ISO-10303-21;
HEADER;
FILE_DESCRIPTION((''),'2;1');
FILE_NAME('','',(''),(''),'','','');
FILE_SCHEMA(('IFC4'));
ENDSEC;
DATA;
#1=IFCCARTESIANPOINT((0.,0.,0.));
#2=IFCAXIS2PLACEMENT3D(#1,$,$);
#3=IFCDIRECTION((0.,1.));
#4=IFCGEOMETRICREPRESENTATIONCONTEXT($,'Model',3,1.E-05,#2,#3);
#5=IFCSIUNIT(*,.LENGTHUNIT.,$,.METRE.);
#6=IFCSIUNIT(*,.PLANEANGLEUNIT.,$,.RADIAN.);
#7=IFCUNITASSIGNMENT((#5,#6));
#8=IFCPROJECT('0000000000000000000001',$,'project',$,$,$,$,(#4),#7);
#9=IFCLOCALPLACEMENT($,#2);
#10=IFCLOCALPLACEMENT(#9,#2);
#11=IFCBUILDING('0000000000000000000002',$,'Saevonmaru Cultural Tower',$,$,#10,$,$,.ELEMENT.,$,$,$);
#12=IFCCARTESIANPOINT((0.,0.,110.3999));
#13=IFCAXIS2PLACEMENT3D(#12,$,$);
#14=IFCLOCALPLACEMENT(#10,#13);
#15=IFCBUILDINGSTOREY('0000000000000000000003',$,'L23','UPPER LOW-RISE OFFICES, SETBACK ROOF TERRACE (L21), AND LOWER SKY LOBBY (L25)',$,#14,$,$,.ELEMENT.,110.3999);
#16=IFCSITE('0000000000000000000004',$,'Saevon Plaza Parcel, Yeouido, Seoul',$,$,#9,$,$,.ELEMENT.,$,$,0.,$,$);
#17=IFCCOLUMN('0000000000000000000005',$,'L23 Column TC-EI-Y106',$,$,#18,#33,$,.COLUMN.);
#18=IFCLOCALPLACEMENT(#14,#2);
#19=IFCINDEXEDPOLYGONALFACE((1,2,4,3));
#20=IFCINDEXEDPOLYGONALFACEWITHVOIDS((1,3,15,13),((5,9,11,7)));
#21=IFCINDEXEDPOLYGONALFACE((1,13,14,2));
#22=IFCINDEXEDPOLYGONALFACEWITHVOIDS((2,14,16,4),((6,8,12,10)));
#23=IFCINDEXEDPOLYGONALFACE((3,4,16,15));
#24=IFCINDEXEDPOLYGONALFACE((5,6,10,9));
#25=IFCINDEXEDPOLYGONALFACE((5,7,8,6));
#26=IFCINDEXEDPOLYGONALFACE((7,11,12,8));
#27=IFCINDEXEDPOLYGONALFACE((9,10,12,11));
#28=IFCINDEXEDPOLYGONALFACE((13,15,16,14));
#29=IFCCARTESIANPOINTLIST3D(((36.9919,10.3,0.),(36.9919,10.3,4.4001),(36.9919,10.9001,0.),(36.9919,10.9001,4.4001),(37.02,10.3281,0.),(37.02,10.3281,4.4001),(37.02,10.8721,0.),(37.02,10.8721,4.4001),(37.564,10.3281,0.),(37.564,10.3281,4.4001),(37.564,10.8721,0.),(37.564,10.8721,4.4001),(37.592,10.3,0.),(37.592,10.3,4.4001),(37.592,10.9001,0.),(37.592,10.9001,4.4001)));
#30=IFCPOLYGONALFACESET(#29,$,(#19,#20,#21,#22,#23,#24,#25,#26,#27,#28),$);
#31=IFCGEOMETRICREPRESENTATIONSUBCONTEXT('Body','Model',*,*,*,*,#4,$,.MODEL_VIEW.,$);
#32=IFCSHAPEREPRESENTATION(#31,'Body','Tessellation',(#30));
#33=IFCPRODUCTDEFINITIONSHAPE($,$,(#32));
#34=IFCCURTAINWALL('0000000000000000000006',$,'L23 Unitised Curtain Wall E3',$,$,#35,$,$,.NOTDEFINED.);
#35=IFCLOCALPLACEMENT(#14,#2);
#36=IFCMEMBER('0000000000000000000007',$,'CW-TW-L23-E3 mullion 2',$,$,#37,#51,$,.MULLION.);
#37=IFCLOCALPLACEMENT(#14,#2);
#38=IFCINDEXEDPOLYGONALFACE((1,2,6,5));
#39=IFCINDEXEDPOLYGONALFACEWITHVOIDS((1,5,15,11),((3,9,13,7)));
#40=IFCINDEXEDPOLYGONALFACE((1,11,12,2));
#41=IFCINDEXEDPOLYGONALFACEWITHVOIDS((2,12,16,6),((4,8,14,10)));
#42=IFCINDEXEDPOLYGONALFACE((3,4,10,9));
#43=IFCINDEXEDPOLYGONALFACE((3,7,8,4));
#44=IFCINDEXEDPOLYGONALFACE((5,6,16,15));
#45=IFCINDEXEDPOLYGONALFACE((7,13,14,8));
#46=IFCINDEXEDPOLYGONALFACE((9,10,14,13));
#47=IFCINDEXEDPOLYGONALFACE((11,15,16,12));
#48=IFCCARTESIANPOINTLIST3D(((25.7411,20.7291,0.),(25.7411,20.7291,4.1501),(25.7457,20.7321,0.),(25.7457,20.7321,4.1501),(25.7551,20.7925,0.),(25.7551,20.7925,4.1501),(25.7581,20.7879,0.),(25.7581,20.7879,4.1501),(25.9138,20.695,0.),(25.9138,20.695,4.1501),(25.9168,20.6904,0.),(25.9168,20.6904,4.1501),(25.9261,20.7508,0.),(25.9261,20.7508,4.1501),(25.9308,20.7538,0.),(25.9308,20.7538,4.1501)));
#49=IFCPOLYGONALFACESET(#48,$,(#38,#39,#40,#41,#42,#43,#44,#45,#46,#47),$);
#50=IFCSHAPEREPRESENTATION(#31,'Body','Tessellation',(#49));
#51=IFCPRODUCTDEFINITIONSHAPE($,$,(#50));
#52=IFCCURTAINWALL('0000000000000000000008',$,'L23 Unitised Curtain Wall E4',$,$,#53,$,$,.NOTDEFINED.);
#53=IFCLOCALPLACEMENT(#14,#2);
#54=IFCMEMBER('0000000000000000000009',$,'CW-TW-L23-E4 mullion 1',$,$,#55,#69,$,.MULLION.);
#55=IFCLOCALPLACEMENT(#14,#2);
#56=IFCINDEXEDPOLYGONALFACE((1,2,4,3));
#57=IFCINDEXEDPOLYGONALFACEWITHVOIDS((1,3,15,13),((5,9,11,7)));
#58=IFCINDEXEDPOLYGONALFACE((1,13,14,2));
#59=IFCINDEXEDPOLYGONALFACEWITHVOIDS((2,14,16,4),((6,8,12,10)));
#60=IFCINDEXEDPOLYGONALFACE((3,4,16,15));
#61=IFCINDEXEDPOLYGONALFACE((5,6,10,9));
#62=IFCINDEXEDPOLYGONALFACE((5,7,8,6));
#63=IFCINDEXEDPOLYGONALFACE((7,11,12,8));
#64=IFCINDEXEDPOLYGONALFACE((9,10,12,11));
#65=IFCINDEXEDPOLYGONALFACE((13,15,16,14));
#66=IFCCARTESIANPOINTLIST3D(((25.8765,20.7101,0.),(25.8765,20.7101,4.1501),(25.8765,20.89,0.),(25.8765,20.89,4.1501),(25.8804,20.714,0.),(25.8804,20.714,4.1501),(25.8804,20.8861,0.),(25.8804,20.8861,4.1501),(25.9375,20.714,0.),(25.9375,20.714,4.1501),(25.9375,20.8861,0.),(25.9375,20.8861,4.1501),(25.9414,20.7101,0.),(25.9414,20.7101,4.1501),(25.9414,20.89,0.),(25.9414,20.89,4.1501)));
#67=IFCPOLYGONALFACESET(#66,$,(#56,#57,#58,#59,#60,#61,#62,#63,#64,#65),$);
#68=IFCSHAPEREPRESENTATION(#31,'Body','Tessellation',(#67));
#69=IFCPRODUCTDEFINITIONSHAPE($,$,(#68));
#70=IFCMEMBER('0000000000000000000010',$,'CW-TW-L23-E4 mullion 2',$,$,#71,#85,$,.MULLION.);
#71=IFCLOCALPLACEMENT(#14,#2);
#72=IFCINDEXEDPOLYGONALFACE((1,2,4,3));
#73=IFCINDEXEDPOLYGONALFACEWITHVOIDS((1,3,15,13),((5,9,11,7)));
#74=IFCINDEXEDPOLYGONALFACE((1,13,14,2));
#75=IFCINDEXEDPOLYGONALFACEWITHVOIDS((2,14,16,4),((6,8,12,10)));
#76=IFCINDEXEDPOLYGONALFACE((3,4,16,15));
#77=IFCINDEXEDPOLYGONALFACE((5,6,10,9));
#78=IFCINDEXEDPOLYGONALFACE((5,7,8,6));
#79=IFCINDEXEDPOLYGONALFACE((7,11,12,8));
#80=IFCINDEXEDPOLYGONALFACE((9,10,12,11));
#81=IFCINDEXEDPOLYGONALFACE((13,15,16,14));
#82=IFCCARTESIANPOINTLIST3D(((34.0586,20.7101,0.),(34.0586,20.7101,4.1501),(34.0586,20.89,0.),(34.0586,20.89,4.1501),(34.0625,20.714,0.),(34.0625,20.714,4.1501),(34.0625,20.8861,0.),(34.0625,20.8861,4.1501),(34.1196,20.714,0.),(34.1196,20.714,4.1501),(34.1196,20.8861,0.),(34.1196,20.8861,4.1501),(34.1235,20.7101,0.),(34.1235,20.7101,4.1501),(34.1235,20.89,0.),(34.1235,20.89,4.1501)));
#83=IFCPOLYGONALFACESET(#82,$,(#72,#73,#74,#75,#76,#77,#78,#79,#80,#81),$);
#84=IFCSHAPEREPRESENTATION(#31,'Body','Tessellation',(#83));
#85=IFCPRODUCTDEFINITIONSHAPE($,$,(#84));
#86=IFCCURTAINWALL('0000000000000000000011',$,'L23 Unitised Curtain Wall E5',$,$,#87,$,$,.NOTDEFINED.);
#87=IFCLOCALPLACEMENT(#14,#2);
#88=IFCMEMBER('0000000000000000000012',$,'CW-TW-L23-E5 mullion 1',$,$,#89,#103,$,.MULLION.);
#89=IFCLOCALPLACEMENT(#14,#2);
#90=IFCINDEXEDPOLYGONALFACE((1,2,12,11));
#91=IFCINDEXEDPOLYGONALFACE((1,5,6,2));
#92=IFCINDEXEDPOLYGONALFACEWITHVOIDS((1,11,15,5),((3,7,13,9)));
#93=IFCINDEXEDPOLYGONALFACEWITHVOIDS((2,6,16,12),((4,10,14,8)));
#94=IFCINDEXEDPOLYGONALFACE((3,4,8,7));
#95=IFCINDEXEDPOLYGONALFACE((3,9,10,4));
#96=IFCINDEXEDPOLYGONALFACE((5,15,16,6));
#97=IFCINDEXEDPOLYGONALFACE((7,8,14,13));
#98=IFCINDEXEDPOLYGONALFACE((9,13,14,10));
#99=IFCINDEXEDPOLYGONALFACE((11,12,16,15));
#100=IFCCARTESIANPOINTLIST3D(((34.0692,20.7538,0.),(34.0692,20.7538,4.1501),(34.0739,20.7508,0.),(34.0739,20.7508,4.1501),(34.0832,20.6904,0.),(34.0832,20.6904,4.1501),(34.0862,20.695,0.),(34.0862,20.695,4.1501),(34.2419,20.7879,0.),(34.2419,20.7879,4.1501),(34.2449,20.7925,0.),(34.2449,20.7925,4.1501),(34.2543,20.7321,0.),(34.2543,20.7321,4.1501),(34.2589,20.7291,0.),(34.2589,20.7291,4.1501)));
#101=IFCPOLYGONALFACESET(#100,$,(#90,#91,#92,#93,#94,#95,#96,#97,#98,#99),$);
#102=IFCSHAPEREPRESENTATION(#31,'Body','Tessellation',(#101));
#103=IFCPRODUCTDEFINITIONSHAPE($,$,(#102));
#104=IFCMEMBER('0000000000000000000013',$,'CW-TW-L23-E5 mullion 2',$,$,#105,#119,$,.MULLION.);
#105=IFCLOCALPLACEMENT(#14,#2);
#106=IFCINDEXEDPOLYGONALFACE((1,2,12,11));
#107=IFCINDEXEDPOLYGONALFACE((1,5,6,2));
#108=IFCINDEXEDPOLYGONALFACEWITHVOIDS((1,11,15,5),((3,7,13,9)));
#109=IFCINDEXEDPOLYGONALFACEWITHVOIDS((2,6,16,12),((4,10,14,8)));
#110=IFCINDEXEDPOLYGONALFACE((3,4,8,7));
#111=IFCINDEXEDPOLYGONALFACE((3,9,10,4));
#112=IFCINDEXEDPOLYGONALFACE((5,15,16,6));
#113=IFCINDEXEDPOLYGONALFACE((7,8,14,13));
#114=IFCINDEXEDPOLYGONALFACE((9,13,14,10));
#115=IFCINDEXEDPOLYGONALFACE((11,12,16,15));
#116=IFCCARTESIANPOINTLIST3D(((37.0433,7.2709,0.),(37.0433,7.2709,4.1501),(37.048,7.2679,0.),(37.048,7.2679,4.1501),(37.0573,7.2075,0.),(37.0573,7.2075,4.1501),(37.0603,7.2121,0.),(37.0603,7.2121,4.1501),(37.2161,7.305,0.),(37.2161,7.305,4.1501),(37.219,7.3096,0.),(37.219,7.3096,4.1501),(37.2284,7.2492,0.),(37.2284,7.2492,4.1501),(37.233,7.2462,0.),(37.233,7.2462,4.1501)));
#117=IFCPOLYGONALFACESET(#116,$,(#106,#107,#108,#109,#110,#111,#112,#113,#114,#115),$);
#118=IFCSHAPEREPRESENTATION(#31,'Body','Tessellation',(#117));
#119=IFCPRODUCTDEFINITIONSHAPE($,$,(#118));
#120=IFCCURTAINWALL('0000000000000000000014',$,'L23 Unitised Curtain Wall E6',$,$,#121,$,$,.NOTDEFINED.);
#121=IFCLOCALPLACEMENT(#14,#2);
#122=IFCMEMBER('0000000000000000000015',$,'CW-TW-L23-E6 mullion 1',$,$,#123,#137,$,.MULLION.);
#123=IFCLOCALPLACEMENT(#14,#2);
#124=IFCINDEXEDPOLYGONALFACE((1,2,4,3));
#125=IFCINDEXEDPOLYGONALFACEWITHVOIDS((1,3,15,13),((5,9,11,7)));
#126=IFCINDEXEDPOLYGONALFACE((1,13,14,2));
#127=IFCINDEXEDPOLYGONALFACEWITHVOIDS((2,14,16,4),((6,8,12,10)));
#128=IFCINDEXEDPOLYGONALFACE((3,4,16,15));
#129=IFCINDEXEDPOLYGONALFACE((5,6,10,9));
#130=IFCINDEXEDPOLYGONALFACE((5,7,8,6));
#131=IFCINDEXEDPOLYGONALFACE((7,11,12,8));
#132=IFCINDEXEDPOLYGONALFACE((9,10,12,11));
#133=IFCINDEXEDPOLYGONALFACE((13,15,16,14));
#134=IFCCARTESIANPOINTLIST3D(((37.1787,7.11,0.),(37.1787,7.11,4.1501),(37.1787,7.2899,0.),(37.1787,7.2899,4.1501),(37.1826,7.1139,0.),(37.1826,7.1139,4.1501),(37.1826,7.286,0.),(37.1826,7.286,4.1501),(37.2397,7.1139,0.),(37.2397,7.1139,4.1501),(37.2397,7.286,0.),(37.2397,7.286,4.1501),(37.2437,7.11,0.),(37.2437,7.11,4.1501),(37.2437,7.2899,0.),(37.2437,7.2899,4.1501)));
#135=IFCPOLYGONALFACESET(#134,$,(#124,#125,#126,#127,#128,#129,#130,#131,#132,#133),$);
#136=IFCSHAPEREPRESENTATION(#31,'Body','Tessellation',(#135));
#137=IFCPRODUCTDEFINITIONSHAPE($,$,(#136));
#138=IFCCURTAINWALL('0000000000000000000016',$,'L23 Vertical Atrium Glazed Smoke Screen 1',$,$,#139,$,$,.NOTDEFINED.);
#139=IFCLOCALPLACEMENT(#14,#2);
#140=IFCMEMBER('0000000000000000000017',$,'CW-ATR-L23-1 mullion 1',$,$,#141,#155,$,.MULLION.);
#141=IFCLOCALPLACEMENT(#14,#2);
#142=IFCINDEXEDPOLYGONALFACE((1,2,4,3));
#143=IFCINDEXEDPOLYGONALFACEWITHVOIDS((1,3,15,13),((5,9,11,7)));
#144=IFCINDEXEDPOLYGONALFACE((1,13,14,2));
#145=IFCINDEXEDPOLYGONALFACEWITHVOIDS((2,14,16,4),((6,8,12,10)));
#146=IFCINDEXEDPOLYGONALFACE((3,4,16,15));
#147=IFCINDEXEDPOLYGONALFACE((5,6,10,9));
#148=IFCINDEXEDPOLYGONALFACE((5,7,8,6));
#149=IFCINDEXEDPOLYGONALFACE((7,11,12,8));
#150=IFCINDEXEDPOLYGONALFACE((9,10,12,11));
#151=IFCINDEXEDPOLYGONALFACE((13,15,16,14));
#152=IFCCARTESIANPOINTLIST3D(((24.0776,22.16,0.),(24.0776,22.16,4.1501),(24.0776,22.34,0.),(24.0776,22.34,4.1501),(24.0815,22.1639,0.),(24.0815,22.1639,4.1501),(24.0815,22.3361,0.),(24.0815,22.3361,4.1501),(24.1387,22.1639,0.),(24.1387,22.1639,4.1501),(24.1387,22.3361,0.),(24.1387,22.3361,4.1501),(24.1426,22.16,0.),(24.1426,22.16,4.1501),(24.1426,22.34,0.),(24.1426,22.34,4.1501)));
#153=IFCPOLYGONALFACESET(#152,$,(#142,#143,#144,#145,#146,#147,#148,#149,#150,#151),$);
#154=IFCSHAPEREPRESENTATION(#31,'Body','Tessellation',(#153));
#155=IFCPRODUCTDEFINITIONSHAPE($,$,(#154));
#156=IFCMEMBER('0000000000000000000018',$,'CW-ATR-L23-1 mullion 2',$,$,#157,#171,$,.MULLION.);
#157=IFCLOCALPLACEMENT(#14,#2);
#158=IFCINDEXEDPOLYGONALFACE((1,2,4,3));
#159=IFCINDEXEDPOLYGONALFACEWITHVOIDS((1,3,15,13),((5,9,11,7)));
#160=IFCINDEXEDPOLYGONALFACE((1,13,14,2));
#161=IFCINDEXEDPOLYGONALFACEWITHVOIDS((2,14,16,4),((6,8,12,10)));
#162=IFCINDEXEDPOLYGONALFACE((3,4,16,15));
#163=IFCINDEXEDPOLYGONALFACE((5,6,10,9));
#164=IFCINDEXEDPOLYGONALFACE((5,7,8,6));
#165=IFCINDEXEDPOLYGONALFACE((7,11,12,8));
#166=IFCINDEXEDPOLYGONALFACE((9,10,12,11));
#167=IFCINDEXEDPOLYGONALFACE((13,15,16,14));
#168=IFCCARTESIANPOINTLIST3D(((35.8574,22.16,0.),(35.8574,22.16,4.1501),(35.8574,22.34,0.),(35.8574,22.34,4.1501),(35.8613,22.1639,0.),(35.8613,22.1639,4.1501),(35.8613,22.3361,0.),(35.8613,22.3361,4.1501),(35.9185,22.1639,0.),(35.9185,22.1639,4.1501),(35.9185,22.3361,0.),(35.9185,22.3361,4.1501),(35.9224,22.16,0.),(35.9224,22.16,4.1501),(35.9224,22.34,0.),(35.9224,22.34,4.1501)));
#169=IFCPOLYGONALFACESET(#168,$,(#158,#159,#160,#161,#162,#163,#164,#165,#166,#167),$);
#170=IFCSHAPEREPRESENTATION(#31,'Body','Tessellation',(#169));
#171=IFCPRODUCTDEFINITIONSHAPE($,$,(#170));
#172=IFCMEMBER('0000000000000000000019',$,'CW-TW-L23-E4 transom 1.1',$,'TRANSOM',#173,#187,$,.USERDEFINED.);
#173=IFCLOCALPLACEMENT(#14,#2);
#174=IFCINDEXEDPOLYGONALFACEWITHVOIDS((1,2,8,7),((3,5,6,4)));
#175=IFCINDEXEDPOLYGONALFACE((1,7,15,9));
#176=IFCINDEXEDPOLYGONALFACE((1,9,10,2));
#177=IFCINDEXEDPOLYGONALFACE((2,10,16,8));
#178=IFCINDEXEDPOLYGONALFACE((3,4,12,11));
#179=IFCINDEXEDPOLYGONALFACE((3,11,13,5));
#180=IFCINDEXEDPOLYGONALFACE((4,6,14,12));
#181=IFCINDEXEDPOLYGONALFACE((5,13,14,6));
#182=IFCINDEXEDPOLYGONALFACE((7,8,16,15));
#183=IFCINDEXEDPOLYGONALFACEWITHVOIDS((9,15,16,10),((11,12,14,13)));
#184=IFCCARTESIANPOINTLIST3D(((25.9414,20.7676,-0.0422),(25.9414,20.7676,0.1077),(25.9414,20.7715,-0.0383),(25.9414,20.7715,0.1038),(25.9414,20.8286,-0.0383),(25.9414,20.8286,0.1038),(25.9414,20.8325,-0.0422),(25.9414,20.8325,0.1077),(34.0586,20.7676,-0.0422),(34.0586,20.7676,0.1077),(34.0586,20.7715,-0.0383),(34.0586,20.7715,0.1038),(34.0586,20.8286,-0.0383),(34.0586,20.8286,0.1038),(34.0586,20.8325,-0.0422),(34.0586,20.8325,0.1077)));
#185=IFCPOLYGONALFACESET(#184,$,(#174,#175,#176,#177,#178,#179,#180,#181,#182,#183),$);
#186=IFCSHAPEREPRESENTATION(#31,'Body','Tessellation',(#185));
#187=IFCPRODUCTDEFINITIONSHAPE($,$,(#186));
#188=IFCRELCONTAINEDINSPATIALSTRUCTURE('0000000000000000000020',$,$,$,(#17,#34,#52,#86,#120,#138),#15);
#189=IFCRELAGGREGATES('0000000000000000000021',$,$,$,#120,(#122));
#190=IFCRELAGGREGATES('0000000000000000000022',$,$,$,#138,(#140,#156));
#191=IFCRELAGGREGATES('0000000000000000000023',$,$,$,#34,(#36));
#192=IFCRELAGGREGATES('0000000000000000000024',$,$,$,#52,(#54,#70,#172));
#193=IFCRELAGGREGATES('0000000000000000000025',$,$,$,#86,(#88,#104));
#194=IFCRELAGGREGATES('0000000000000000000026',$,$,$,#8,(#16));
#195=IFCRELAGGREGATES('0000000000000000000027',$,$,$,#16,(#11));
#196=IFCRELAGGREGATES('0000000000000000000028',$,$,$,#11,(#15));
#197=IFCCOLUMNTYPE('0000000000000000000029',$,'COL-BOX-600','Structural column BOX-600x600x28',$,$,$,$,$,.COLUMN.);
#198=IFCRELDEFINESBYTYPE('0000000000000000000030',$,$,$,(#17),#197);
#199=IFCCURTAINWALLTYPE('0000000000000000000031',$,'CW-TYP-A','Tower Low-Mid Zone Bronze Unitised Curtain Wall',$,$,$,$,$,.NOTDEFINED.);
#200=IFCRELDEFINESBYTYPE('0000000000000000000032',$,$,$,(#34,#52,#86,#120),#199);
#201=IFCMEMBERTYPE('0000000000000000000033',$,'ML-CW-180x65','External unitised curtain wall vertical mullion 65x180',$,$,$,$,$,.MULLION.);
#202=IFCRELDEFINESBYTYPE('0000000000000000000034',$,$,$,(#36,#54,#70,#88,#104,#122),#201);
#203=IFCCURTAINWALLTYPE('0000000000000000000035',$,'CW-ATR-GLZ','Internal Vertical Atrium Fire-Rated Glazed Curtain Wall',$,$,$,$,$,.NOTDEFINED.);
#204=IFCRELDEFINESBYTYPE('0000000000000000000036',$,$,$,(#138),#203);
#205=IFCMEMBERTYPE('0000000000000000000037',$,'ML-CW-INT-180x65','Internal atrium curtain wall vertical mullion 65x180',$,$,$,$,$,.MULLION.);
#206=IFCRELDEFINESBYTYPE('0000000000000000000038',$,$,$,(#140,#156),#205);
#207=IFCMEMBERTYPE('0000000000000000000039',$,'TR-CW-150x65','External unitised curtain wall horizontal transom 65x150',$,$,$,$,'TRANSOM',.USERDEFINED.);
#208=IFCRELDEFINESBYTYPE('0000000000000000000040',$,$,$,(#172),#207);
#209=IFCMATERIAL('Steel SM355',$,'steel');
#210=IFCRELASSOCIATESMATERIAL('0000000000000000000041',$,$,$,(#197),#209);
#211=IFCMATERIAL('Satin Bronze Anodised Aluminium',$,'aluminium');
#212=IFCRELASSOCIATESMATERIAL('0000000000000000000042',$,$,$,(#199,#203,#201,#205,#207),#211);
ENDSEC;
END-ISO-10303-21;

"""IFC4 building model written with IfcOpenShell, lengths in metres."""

from ifc_helpers import new_model, si_unit, direction, frame, origin, origin_2d, place, context, subcontext, project, spatial, hollow_rectangle, extrude, material, material_profile, profile_set, type_object, element, aggregate, save


model = new_model("IFC4")

# Units and contexts
model_context = context("Model", 3, precision=1e-05, world=origin(), true_north=direction((0.0, 1.0)))
body_context = subcontext(model_context, "Body", "Model", "MODEL_VIEW")
ifc_project = project(units=[si_unit("LENGTHUNIT", "METRE"), si_unit("PLANEANGLEUNIT", "RADIAN")], contexts=[model_context])

# Site, building, storey
site_placement = place(None, origin())
site = spatial("IfcSite", under=ifc_project, at=site_placement, Name="Saevon Plaza Parcel, Yeouido, Seoul", CompositionType="ELEMENT", RefElevation=0.0)
building_placement = place(site_placement, origin())
building = spatial("IfcBuilding", under=site, at=building_placement, Name="Saevonmaru Cultural Tower", CompositionType="ELEMENT")
storey_placement = place(building_placement, frame((0.0, 0.0, 110.3999)))
storey = spatial("IfcBuildingStorey", under=building, at=storey_placement, Name="L23", Description="UPPER LOW-RISE OFFICES, SETBACK ROOF TERRACE (L21), AND LOWER SKY LOBBY (L25)", CompositionType="ELEMENT", Elevation=110.3999)

# Column
ifc_material_1 = material(Name="Steel SM355", Category="steel")
ifc_material_profile_1 = material_profile(ifc_material_1, hollow_rectangle(XDim=0.6001, YDim=0.6001, WallThickness=0.0281, at=origin_2d()), Name="BOX-600x600x28")
ifc_profile_set_1 = profile_set([ifc_material_profile_1], Name="Steel SM355")
column_type = type_object("IfcColumnType", Name="COL-BOX-600", Description="Structural column BOX-600x600x28", PredefinedType="COLUMN", material=ifc_profile_set_1)
column_placement = place(storey_placement, frame((37.292, 10.6001, 0.0), z_axis=(0.0, 0.0, 1.0), x_axis=(1.0, 0.0, 0.0)))
element("IfcColumn", 1, at=column_placement, inside=storey, type_object=column_type, Name="L23 Column TC-EI-Y106", PredefinedType="COLUMN", context=body_context, shape_type="SweptSolid", body=[
    extrude(hollow_rectangle(XDim=0.6001, YDim=0.6001, WallThickness=0.0281, at=origin_2d()), origin(), (0.0, 0.0, 1.0), 4.4001),
])

# Curtain wall, member
ifc_material_2 = material(Name="Satin Bronze Anodised Aluminium", Category="aluminium")
curtain_wall_type_1 = type_object("IfcCurtainWallType", Name="CW-TYP-A", Description="Tower Low-Mid Zone Bronze Unitised Curtain Wall", PredefinedType="NOTDEFINED", material=ifc_material_2)
curtain_wall_1_placement = place(storey_placement, origin())
curtain_wall_1 = element("IfcCurtainWall", 2, at=curtain_wall_1_placement, inside=storey, type_object=curtain_wall_type_1, Name="L23 Unitised Curtain Wall E3", PredefinedType="NOTDEFINED")
ifc_material_profile_2 = material_profile(ifc_material_2, hollow_rectangle(XDim=0.0649, YDim=0.1799, WallThickness=0.0039, at=origin_2d()), Name="ALU-MULL-180x65x4")
ifc_profile_set_2 = profile_set([ifc_material_profile_2], Name="Satin Bronze Anodised Aluminium")
member_type_1 = type_object("IfcMemberType", Name="ML-CW-180x65", Description="External unitised curtain wall vertical mullion 65x180", PredefinedType="MULLION", material=ifc_profile_set_2)
member_1_placement = place(storey_placement, frame((25.8359, 20.7415, 0.0), z_axis=(0.0, 0.0, 1.0), x_axis=(0.215413, 0.976523, 0.0)))
member_1 = element("IfcMember", 3, at=member_1_placement, type_object=member_type_1, Name="CW-TW-L23-E3 mullion 2", PredefinedType="MULLION", context=body_context, shape_type="SweptSolid", body=[
    extrude(hollow_rectangle(XDim=0.0649, YDim=0.1799, WallThickness=0.0039, at=origin_2d()), origin(), (0.0, 0.0, 1.0), 4.1501),
])

# Curtain walls, members
curtain_wall_2_placement = place(storey_placement, origin())
curtain_wall_2 = element("IfcCurtainWall", 4, at=curtain_wall_2_placement, inside=storey, type_object=curtain_wall_type_1, Name="L23 Unitised Curtain Wall E4", PredefinedType="NOTDEFINED")
member_2_placement = place(storey_placement, frame((25.9089, 20.8, 0.0), z_axis=(0.0, 0.0, 1.0), x_axis=(1.0, 0.0, 0.0)))
member_2 = element("IfcMember", 5, at=member_2_placement, type_object=member_type_1, Name="CW-TW-L23-E4 mullion 1", PredefinedType="MULLION", context=body_context, shape_type="SweptSolid", body=[
    extrude(hollow_rectangle(XDim=0.0649, YDim=0.1799, WallThickness=0.0039, at=origin_2d()), origin(), (0.0, 0.0, 1.0), 4.1501),
])
member_3_placement = place(storey_placement, frame((34.0911, 20.8, 0.0), z_axis=(0.0, 0.0, 1.0), x_axis=(1.0, 0.0, 0.0)))
member_3 = element("IfcMember", 6, at=member_3_placement, type_object=member_type_1, Name="CW-TW-L23-E4 mullion 2", PredefinedType="MULLION", context=body_context, shape_type="SweptSolid", body=[
    extrude(hollow_rectangle(XDim=0.0649, YDim=0.1799, WallThickness=0.0039, at=origin_2d()), origin(), (0.0, 0.0, 1.0), 4.1501),
])
curtain_wall_3_placement = place(storey_placement, origin())
curtain_wall_3 = element("IfcCurtainWall", 7, at=curtain_wall_3_placement, inside=storey, type_object=curtain_wall_type_1, Name="L23 Unitised Curtain Wall E5", PredefinedType="NOTDEFINED")
member_4_placement = place(storey_placement, frame((34.1641, 20.7415, 0.0), z_axis=(0.0, 0.0, 1.0), x_axis=(0.215413, -0.976523, 0.0)))
member_4 = element("IfcMember", 8, at=member_4_placement, type_object=member_type_1, Name="CW-TW-L23-E5 mullion 1", PredefinedType="MULLION", context=body_context, shape_type="SweptSolid", body=[
    extrude(hollow_rectangle(XDim=0.0649, YDim=0.1799, WallThickness=0.0039, at=origin_2d()), origin(), (0.0, 0.0, 1.0), 4.1501),
])
member_5_placement = place(storey_placement, frame((37.1382, 7.2585, 0.0), z_axis=(0.0, 0.0, 1.0), x_axis=(0.215413, -0.976523, 0.0)))
member_5 = element("IfcMember", 9, at=member_5_placement, type_object=member_type_1, Name="CW-TW-L23-E5 mullion 2", PredefinedType="MULLION", context=body_context, shape_type="SweptSolid", body=[
    extrude(hollow_rectangle(XDim=0.0649, YDim=0.1799, WallThickness=0.0039, at=origin_2d()), origin(), (0.0, 0.0, 1.0), 4.1501),
])

# Curtain wall, member
curtain_wall_4_placement = place(storey_placement, origin())
curtain_wall_4 = element("IfcCurtainWall", 10, at=curtain_wall_4_placement, inside=storey, type_object=curtain_wall_type_1, Name="L23 Unitised Curtain Wall E6", PredefinedType="NOTDEFINED")
member_6_placement = place(storey_placement, frame((37.2112, 7.2, 0.0), z_axis=(0.0, 0.0, 1.0), x_axis=(1.0, 0.0, 0.0)))
member_6 = element("IfcMember", 11, at=member_6_placement, type_object=member_type_1, Name="CW-TW-L23-E6 mullion 1", PredefinedType="MULLION", context=body_context, shape_type="SweptSolid", body=[
    extrude(hollow_rectangle(XDim=0.0649, YDim=0.1799, WallThickness=0.0039, at=origin_2d()), origin(), (0.0, 0.0, 1.0), 4.1501),
])

# Curtain wall, members
curtain_wall_type_2 = type_object("IfcCurtainWallType", Name="CW-ATR-GLZ", Description="Internal Vertical Atrium Fire-Rated Glazed Curtain Wall", PredefinedType="NOTDEFINED", material=ifc_material_2)
curtain_wall_5_placement = place(storey_placement, origin())
curtain_wall_5 = element("IfcCurtainWall", 12, at=curtain_wall_5_placement, inside=storey, type_object=curtain_wall_type_2, Name="L23 Vertical Atrium Glazed Smoke Screen 1", PredefinedType="NOTDEFINED")
ifc_material_profile_3 = material_profile(ifc_material_2, hollow_rectangle(XDim=0.0649, YDim=0.1799, WallThickness=0.0039, at=origin_2d()), Name="ALU-MULL-180x65x4")
ifc_profile_set_3 = profile_set([ifc_material_profile_3], Name="Satin Bronze Anodised Aluminium")
member_type_2 = type_object("IfcMemberType", Name="ML-CW-INT-180x65", Description="Internal atrium curtain wall vertical mullion 65x180", PredefinedType="MULLION", material=ifc_profile_set_3)
member_7_placement = place(storey_placement, frame((24.1101, 22.25, 0.0), z_axis=(0.0, 0.0, 1.0), x_axis=(1.0, 0.0, 0.0)))
member_7 = element("IfcMember", 13, at=member_7_placement, type_object=member_type_2, Name="CW-ATR-L23-1 mullion 1", PredefinedType="MULLION", context=body_context, shape_type="SweptSolid", body=[
    extrude(hollow_rectangle(XDim=0.0649, YDim=0.1799, WallThickness=0.0039, at=origin_2d()), origin(), (0.0, 0.0, 1.0), 4.1501),
])
member_8_placement = place(storey_placement, frame((35.8899, 22.25, 0.0), z_axis=(0.0, 0.0, 1.0), x_axis=(1.0, 0.0, 0.0)))
member_8 = element("IfcMember", 14, at=member_8_placement, type_object=member_type_2, Name="CW-ATR-L23-1 mullion 2", PredefinedType="MULLION", context=body_context, shape_type="SweptSolid", body=[
    extrude(hollow_rectangle(XDim=0.0649, YDim=0.1799, WallThickness=0.0039, at=origin_2d()), origin(), (0.0, 0.0, 1.0), 4.1501),
])

# Member
ifc_material_profile_4 = material_profile(ifc_material_2, hollow_rectangle(XDim=0.0649, YDim=0.1499, WallThickness=0.0039, at=origin_2d()), Name="ALU-TRAN-150x65x4")
ifc_profile_set_4 = profile_set([ifc_material_profile_4], Name="Satin Bronze Anodised Aluminium")
member_type_3 = type_object("IfcMemberType", Name="TR-CW-150x65", Description="External unitised curtain wall horizontal transom 65x150", ElementType="TRANSOM", PredefinedType="USERDEFINED", material=ifc_profile_set_4)
member_9_placement = place(storey_placement, frame((25.9414, 20.8, 0.0327), z_axis=(1.0, 0.0, 0.0), x_axis=(0.0, 1.0, 0.0)))
member_9 = element("IfcMember", 15, at=member_9_placement, type_object=member_type_3, Name="CW-TW-L23-E4 transom 1.1", ObjectType="TRANSOM", PredefinedType="USERDEFINED", context=body_context, shape_type="SweptSolid", body=[
    extrude(hollow_rectangle(XDim=0.0649, YDim=0.1499, WallThickness=0.0039, at=origin_2d()), origin(), (0.0, 0.0, 1.0), 8.1172),
])
aggregate(curtain_wall_4, [member_6])

aggregate(curtain_wall_5, [member_7, member_8])
aggregate(curtain_wall_1, [member_1])
aggregate(curtain_wall_2, [member_2, member_3, member_9])
aggregate(curtain_wall_3, [member_4, member_5])

save(model, "model.ifc")
